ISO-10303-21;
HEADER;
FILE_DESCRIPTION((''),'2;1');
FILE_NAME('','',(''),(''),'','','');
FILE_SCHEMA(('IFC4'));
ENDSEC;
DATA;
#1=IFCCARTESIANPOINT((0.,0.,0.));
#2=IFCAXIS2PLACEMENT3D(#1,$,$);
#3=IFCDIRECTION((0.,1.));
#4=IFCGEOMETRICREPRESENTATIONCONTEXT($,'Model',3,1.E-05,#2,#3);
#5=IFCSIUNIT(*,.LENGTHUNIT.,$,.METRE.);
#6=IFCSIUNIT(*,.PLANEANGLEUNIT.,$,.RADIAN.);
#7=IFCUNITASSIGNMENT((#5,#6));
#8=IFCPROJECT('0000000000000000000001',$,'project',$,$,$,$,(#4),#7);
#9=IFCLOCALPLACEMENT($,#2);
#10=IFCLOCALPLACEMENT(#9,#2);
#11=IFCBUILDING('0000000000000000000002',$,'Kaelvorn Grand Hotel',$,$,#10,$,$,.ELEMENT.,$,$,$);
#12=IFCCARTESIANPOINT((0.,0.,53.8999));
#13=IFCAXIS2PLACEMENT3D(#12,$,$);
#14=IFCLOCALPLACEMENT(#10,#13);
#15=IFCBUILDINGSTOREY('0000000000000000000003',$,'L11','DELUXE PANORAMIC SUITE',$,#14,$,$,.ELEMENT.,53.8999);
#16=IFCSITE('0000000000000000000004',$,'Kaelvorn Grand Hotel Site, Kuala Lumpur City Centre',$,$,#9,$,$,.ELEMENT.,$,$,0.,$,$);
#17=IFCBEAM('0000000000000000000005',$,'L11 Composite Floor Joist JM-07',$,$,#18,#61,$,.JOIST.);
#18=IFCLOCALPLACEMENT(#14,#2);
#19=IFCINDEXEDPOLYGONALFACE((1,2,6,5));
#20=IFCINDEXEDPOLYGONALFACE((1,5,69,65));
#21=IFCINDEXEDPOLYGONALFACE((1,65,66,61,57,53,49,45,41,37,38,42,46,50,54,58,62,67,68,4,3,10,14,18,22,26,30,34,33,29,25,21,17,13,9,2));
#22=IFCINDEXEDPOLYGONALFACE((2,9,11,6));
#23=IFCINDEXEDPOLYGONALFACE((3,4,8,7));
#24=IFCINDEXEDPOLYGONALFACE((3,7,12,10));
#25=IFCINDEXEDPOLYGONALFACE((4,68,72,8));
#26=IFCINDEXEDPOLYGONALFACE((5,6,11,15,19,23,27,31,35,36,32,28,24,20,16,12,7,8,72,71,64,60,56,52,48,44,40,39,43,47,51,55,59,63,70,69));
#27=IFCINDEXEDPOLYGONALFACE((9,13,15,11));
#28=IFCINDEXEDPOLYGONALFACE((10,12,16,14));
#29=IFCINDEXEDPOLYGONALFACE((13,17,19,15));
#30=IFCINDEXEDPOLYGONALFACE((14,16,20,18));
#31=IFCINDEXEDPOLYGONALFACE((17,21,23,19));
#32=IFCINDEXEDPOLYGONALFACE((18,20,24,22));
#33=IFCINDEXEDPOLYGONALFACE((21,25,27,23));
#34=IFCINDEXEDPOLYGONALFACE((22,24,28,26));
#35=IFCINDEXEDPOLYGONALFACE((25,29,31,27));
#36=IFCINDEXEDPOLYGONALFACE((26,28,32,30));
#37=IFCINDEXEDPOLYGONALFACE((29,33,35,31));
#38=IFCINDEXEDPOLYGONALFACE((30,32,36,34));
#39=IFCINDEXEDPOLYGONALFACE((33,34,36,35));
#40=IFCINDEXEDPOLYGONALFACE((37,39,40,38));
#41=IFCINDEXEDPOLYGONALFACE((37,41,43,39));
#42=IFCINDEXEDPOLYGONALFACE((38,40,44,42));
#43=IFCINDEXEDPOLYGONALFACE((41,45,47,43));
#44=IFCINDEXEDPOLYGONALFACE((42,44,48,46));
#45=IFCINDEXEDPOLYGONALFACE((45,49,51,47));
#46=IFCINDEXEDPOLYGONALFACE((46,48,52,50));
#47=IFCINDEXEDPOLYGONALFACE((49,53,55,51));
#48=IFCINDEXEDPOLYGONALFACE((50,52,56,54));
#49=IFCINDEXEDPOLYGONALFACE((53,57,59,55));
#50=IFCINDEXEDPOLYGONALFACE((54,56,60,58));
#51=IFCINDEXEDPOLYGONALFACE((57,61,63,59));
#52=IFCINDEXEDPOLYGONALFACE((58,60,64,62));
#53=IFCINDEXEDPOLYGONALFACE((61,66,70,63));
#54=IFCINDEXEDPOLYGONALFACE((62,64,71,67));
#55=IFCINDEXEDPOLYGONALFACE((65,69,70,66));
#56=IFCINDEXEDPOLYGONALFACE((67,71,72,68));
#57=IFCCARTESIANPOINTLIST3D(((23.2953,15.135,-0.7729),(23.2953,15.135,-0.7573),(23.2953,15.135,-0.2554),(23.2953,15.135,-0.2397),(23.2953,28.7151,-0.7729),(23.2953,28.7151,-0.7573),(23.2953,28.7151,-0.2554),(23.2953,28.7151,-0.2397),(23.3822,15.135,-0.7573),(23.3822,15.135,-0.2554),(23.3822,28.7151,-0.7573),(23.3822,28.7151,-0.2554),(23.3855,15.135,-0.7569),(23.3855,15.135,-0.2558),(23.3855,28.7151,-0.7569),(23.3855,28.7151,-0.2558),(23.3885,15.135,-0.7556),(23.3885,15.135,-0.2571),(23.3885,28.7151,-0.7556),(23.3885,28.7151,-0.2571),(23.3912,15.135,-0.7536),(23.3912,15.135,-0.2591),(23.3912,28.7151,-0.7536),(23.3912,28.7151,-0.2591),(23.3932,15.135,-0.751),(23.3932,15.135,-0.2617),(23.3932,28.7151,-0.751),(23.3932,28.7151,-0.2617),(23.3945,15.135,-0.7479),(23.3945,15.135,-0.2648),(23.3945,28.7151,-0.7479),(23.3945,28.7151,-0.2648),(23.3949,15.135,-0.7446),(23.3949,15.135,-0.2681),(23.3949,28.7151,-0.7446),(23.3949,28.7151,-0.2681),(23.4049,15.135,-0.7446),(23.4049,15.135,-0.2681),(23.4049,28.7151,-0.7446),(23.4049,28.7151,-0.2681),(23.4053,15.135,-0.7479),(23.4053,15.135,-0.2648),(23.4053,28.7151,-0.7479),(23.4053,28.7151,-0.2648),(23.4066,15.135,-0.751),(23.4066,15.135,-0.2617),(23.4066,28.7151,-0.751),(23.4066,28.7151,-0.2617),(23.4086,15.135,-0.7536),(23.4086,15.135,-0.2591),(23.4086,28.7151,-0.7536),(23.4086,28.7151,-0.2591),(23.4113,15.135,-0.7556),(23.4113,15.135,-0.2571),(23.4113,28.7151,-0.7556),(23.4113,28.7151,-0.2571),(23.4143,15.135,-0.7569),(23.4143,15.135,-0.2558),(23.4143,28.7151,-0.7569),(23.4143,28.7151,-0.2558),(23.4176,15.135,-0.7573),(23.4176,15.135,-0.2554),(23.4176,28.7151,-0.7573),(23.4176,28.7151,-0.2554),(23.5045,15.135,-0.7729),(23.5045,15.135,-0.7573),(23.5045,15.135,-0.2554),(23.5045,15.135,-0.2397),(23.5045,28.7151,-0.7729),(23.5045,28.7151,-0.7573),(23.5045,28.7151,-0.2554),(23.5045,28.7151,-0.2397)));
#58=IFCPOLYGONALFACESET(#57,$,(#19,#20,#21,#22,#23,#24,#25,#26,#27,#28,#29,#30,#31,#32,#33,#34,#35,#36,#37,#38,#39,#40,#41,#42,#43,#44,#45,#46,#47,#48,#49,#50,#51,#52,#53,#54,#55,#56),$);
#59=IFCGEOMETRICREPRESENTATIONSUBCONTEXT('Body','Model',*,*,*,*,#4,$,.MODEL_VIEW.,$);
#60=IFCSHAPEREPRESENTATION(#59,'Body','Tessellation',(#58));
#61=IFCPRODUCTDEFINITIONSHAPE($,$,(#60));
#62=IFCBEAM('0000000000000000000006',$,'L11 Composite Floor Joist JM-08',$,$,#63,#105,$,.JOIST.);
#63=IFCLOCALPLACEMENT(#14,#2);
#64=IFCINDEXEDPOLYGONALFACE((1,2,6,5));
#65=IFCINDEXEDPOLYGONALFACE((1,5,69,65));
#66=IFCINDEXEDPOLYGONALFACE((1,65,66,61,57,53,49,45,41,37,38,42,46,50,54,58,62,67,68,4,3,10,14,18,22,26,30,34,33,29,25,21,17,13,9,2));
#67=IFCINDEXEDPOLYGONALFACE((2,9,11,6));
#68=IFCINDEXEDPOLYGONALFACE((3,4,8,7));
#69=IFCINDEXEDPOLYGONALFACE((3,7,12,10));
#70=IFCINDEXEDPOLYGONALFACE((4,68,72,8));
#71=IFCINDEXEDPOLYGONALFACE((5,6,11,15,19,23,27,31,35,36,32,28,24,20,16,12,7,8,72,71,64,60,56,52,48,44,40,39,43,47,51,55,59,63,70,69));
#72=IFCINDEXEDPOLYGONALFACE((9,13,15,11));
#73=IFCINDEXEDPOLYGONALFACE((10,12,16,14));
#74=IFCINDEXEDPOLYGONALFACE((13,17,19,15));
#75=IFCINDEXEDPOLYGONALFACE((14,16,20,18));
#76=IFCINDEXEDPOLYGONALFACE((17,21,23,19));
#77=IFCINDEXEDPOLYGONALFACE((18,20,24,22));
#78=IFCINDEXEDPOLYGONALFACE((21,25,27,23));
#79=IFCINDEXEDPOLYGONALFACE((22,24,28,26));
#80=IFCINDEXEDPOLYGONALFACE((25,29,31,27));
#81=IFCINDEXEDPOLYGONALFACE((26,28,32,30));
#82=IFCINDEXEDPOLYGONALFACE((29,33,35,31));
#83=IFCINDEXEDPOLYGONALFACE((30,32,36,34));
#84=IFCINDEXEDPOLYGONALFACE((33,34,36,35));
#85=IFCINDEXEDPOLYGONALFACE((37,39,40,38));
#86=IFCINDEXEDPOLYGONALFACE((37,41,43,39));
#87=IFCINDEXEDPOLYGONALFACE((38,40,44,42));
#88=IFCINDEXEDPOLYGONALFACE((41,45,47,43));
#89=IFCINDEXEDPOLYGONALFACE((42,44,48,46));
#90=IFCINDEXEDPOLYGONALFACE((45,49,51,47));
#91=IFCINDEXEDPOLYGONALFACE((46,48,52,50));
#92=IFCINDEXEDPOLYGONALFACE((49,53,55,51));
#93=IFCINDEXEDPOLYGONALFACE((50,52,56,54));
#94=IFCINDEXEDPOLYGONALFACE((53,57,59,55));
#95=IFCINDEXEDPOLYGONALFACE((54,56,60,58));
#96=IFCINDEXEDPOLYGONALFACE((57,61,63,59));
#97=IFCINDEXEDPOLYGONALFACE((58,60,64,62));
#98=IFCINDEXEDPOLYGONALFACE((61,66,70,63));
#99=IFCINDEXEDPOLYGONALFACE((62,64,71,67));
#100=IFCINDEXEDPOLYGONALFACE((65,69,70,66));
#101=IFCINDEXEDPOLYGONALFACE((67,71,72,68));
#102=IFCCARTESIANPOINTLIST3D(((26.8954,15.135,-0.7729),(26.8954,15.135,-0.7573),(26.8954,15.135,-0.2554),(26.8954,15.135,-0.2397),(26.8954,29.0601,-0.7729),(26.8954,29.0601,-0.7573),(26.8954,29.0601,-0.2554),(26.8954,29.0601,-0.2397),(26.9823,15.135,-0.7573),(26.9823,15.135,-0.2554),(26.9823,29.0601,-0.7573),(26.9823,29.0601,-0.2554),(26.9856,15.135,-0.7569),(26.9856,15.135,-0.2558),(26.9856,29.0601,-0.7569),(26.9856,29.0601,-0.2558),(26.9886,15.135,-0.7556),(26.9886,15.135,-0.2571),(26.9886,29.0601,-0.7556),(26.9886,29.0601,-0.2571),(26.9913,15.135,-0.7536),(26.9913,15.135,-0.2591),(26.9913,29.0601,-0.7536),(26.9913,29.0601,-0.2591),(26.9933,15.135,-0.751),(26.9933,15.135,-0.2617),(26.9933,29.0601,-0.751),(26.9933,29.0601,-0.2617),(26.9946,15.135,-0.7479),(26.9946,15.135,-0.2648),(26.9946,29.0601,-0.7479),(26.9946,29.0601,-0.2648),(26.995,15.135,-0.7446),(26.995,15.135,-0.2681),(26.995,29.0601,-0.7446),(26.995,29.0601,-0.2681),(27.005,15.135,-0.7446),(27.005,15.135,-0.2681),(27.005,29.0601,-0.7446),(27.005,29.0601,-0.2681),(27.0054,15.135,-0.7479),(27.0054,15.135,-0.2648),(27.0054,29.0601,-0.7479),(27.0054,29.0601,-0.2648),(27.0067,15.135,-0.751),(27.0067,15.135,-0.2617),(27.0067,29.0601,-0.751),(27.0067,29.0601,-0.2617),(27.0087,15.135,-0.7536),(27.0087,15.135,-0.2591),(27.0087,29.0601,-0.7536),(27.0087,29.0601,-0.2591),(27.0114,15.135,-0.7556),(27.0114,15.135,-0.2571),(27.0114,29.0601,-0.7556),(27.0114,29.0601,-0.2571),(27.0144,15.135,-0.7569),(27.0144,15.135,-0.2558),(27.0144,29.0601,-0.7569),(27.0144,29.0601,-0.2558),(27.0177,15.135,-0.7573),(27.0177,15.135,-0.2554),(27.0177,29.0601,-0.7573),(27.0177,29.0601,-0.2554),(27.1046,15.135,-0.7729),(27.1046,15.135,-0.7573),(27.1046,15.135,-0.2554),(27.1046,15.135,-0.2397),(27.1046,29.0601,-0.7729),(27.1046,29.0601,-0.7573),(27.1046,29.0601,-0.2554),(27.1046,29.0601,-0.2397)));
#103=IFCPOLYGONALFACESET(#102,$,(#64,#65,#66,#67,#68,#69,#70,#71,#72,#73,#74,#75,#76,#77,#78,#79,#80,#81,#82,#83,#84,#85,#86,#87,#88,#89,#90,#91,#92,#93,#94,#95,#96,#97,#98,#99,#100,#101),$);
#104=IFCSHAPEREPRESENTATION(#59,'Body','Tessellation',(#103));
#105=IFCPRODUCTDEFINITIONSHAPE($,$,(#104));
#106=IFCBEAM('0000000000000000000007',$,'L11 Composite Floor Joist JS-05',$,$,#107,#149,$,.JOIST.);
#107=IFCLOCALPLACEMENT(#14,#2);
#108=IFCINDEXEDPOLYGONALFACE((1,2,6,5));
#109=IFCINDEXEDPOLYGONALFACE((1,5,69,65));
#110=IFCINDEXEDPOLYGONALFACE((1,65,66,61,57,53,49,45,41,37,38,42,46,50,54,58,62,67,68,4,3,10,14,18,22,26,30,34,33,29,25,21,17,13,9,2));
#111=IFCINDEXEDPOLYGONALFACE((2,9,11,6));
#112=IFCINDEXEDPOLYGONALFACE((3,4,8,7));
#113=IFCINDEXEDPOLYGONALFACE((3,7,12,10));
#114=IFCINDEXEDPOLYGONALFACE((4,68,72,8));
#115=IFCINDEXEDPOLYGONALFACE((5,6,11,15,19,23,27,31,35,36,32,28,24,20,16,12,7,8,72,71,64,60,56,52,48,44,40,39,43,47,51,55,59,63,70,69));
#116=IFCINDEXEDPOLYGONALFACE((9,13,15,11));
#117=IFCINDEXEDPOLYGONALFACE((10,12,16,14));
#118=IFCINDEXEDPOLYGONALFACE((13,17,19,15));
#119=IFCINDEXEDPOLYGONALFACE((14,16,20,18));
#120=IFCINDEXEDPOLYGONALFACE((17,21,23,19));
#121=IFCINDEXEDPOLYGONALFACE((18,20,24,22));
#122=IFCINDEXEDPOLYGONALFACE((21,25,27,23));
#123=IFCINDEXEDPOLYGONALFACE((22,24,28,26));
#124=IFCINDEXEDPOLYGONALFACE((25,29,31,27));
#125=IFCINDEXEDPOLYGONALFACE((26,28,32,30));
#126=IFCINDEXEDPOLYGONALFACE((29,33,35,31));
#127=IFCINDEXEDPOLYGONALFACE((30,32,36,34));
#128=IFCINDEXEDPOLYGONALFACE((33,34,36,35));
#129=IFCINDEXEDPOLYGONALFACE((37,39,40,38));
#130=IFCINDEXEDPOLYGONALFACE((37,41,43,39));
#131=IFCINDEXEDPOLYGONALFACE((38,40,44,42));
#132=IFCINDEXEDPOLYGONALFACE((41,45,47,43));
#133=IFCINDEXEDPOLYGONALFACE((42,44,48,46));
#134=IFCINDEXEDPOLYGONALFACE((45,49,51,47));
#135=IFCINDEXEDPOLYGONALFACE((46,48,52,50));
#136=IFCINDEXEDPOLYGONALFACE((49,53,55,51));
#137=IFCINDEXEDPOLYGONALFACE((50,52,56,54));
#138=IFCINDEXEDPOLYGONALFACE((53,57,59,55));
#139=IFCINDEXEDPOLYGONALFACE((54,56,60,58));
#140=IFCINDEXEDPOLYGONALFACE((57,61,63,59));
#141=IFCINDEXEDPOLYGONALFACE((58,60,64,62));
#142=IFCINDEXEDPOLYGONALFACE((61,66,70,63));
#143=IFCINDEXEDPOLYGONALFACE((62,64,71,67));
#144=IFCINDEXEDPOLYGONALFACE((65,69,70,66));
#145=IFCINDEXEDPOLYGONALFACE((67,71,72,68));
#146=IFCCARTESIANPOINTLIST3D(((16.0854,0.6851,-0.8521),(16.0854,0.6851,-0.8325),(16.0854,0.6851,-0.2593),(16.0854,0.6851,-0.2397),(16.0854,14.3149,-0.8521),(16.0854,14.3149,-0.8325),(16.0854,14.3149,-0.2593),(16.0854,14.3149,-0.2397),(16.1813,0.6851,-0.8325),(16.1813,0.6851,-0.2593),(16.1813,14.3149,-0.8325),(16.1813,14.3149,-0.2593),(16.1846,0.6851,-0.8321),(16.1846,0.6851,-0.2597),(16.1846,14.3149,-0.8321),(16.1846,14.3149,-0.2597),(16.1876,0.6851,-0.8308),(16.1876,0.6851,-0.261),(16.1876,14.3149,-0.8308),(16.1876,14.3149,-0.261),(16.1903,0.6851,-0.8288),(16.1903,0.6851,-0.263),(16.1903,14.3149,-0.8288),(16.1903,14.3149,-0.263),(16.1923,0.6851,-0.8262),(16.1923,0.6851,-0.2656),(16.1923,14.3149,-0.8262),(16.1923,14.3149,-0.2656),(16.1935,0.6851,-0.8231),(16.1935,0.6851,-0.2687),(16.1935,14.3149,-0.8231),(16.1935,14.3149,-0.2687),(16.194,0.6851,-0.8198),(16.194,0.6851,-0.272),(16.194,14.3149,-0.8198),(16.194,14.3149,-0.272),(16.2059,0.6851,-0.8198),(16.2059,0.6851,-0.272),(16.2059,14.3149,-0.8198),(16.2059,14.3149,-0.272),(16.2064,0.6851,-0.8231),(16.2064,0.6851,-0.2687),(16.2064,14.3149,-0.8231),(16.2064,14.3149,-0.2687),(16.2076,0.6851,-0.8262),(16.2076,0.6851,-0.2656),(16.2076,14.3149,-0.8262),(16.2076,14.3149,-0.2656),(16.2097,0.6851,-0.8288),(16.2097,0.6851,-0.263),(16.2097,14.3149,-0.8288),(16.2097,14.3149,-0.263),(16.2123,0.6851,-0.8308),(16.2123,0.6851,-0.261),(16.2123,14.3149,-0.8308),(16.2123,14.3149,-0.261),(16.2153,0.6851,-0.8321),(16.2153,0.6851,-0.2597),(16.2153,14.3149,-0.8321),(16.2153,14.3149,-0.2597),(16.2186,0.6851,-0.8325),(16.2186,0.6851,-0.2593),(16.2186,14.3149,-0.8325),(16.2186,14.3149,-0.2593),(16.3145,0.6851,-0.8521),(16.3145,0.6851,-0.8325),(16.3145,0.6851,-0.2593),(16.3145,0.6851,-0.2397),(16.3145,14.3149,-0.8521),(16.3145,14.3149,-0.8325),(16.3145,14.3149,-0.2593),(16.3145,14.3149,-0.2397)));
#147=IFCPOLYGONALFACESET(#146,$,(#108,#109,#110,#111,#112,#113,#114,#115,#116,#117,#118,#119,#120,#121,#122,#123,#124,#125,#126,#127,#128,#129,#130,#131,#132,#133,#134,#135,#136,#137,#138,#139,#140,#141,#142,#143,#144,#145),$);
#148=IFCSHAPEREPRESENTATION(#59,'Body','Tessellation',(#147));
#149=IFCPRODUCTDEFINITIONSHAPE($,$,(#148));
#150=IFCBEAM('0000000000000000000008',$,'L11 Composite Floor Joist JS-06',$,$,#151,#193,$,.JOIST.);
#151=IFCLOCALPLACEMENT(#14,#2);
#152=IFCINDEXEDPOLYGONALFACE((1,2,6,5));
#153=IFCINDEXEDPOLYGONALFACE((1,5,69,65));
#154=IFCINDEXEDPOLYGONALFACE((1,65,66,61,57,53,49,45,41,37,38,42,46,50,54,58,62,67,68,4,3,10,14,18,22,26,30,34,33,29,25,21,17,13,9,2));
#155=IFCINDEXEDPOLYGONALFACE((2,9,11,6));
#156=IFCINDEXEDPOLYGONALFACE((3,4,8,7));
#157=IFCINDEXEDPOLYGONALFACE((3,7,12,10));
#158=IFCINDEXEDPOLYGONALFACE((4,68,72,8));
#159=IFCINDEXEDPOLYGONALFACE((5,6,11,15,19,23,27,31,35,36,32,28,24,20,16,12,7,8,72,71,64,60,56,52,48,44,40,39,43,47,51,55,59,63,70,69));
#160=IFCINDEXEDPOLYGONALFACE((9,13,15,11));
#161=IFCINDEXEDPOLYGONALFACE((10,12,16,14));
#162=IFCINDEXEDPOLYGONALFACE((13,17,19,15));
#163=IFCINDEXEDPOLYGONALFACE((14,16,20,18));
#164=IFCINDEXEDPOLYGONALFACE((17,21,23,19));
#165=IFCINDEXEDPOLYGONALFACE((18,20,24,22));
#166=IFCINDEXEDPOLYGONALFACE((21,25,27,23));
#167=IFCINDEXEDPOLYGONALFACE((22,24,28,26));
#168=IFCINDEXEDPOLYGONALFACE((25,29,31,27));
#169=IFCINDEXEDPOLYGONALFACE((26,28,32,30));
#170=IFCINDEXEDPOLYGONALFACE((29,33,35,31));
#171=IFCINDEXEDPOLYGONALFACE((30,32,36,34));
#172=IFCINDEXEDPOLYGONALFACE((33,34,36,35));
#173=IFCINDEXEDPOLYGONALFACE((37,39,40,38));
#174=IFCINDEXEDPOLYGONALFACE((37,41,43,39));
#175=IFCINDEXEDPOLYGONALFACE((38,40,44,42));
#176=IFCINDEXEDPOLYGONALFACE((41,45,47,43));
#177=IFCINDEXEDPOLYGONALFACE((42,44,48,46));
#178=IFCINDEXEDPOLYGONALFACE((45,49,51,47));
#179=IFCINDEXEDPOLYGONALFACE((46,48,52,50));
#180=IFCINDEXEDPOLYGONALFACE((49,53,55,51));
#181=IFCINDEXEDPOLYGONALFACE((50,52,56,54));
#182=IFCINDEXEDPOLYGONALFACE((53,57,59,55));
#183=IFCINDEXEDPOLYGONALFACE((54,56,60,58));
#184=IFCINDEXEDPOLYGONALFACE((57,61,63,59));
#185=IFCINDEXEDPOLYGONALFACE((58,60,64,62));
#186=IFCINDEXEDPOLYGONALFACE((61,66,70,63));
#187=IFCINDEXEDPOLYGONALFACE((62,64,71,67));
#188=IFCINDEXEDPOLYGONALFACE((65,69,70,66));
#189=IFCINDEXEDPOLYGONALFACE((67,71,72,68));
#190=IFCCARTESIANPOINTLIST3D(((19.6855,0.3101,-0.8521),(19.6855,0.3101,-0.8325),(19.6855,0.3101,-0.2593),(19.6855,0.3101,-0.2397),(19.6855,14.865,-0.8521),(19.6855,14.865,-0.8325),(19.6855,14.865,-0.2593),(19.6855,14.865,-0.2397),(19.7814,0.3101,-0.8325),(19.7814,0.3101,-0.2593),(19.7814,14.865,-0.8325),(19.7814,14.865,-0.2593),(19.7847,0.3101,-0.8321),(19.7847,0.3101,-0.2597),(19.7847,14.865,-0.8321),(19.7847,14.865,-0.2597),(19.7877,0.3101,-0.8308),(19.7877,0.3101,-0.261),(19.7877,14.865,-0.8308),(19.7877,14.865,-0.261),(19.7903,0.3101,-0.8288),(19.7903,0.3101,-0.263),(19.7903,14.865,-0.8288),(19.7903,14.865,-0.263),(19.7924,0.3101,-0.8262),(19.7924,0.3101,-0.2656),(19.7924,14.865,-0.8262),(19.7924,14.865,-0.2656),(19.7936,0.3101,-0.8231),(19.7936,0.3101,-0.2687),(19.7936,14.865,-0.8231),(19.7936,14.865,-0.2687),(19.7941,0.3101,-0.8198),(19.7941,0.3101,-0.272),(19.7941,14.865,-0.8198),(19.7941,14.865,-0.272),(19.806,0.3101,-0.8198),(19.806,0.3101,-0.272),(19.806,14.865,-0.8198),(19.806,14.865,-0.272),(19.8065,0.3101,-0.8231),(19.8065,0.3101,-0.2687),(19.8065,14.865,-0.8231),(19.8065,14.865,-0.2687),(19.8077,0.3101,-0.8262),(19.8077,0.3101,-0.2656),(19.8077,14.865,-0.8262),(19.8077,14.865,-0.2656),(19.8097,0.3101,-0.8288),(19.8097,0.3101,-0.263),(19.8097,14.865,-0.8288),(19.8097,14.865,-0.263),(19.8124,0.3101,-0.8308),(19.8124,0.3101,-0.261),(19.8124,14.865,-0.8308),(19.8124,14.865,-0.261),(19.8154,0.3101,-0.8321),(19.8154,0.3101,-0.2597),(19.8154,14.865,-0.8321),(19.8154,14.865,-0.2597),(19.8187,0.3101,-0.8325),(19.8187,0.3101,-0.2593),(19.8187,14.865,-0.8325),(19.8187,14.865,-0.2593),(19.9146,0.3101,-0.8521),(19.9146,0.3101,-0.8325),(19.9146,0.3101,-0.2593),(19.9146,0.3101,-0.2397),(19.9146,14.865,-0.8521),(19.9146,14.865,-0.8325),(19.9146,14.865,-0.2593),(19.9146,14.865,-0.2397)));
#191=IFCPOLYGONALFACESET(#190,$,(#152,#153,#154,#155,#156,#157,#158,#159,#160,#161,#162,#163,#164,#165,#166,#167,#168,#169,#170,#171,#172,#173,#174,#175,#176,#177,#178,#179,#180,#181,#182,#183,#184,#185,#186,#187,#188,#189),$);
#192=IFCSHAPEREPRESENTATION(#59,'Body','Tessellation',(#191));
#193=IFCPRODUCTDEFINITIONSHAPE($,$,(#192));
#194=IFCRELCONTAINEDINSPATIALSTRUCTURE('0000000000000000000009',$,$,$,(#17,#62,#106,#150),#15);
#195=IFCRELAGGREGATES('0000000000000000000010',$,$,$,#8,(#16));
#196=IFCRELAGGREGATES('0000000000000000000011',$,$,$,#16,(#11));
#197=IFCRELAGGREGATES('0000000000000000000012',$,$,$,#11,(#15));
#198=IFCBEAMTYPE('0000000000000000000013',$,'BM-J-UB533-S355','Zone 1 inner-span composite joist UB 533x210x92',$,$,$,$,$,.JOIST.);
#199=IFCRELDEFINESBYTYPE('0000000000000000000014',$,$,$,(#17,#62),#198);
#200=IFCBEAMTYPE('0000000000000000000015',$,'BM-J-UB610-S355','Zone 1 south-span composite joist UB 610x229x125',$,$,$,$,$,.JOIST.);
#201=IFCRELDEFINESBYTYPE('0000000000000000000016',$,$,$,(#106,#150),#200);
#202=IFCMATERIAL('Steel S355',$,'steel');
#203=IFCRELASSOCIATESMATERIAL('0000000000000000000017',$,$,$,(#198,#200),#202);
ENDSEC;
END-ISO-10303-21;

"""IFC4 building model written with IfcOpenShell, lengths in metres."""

from ifc_helpers import new_model, si_unit, direction, frame, origin, origin_2d, place, context, subcontext, project, spatial, i_section, extrude, material, material_profile, profile_set, type_object, element, save


model = new_model("IFC4")

# Units and contexts
model_context = context("Model", 3, precision=1e-05, world=origin(), true_north=direction((0.0, 1.0)))
body_context = subcontext(model_context, "Body", "Model", "MODEL_VIEW")
ifc_project = project(units=[si_unit("LENGTHUNIT", "METRE"), si_unit("PLANEANGLEUNIT", "RADIAN")], contexts=[model_context])

# Site, building, storey
site_placement = place(None, origin())
site = spatial("IfcSite", under=ifc_project, at=site_placement, Name="Kaelvorn Grand Hotel Site, Kuala Lumpur City Centre", CompositionType="ELEMENT", RefElevation=0.0)
building_placement = place(site_placement, origin())
building = spatial("IfcBuilding", under=site, at=building_placement, Name="Kaelvorn Grand Hotel", CompositionType="ELEMENT")
storey_placement = place(building_placement, frame((0.0, 0.0, 53.8999)))
storey = spatial("IfcBuildingStorey", under=building, at=storey_placement, Name="L11", Description="DELUXE PANORAMIC SUITE", CompositionType="ELEMENT", Elevation=53.8999)

# Beams
ifc_material_1 = material(Name="Steel S355", Category="steel")
ifc_material_profile_1 = material_profile(ifc_material_1, i_section(OverallWidth=0.2092, OverallDepth=0.5332, WebThickness=0.01, FlangeThickness=0.0156, FilletRadius=0.0127, at=origin_2d()), Name="UB 533x210x92")
ifc_profile_set_1 = profile_set([ifc_material_profile_1], Name="Steel S355")
beam_type_1 = type_object("IfcBeamType", Name="BM-J-UB533-S355", Description="Zone 1 inner-span composite joist UB 533x210x92", PredefinedType="JOIST", material=ifc_profile_set_1)
beam_1_placement = place(storey_placement, frame((23.3999, 15.135, -0.5063), z_axis=(0.0, 1.0, 0.0), x_axis=(-1.0, 0.0, 0.0)))
element("IfcBeam", 1, at=beam_1_placement, inside=storey, type_object=beam_type_1, Name="L11 Composite Floor Joist JM-07", PredefinedType="JOIST", context=body_context, shape_type="SweptSolid", body=[
    extrude(i_section(OverallWidth=0.2092, OverallDepth=0.5332, WebThickness=0.01, FlangeThickness=0.0156, FilletRadius=0.0127, at=origin_2d()), origin(), (0.0, 0.0, 1.0), 13.5801),
])
beam_2_placement = place(storey_placement, frame((27.0, 15.135, -0.5063), z_axis=(0.0, 1.0, 0.0), x_axis=(-1.0, 0.0, 0.0)))
element("IfcBeam", 2, at=beam_2_placement, inside=storey, type_object=beam_type_1, Name="L11 Composite Floor Joist JM-08", PredefinedType="JOIST", context=body_context, shape_type="SweptSolid", body=[
    extrude(i_section(OverallWidth=0.2092, OverallDepth=0.5332, WebThickness=0.01, FlangeThickness=0.0156, FilletRadius=0.0127, at=origin_2d()), origin(), (0.0, 0.0, 1.0), 13.925),
])
ifc_material_profile_2 = material_profile(ifc_material_1, i_section(OverallWidth=0.229, OverallDepth=0.6123, WebThickness=0.012, FlangeThickness=0.0195, FilletRadius=0.0127, at=origin_2d()), Name="UB 610x229x125")
ifc_profile_set_2 = profile_set([ifc_material_profile_2], Name="Steel S355")
beam_type_2 = type_object("IfcBeamType", Name="BM-J-UB610-S355", Description="Zone 1 south-span composite joist UB 610x229x125", PredefinedType="JOIST", material=ifc_profile_set_2)
beam_3_placement = place(storey_placement, frame((16.2, 0.6851, -0.5459), z_axis=(0.0, 1.0, 0.0), x_axis=(-1.0, 0.0, 0.0)))
element("IfcBeam", 3, at=beam_3_placement, inside=storey, type_object=beam_type_2, Name="L11 Composite Floor Joist JS-05", PredefinedType="JOIST", context=body_context, shape_type="SweptSolid", body=[
    extrude(i_section(OverallWidth=0.229, OverallDepth=0.6123, WebThickness=0.012, FlangeThickness=0.0195, FilletRadius=0.0127, at=origin_2d()), origin(), (0.0, 0.0, 1.0), 13.6299),
])
for number, where, z_axis, x_axis, name in (
    (4, (19.8, 0.3101, -0.5459), (0.0, 1.0, 0.0), (-1.0, 0.0, 0.0), "L11 Composite Floor Joist JS-06"),
):
    element("IfcBeam", number, at=place(storey_placement, frame(where, z_axis=z_axis, x_axis=x_axis)), inside=storey, type_object=beam_type_2, Name=name, PredefinedType="JOIST", context=body_context, shape_type="SweptSolid", body=[
        extrude(i_section(OverallWidth=0.229, OverallDepth=0.6123, WebThickness=0.012, FlangeThickness=0.0195, FilletRadius=0.0127, at=origin_2d()), origin(), (0.0, 0.0, 1.0), 14.5549),
    ])

save(model, "model.ifc")
